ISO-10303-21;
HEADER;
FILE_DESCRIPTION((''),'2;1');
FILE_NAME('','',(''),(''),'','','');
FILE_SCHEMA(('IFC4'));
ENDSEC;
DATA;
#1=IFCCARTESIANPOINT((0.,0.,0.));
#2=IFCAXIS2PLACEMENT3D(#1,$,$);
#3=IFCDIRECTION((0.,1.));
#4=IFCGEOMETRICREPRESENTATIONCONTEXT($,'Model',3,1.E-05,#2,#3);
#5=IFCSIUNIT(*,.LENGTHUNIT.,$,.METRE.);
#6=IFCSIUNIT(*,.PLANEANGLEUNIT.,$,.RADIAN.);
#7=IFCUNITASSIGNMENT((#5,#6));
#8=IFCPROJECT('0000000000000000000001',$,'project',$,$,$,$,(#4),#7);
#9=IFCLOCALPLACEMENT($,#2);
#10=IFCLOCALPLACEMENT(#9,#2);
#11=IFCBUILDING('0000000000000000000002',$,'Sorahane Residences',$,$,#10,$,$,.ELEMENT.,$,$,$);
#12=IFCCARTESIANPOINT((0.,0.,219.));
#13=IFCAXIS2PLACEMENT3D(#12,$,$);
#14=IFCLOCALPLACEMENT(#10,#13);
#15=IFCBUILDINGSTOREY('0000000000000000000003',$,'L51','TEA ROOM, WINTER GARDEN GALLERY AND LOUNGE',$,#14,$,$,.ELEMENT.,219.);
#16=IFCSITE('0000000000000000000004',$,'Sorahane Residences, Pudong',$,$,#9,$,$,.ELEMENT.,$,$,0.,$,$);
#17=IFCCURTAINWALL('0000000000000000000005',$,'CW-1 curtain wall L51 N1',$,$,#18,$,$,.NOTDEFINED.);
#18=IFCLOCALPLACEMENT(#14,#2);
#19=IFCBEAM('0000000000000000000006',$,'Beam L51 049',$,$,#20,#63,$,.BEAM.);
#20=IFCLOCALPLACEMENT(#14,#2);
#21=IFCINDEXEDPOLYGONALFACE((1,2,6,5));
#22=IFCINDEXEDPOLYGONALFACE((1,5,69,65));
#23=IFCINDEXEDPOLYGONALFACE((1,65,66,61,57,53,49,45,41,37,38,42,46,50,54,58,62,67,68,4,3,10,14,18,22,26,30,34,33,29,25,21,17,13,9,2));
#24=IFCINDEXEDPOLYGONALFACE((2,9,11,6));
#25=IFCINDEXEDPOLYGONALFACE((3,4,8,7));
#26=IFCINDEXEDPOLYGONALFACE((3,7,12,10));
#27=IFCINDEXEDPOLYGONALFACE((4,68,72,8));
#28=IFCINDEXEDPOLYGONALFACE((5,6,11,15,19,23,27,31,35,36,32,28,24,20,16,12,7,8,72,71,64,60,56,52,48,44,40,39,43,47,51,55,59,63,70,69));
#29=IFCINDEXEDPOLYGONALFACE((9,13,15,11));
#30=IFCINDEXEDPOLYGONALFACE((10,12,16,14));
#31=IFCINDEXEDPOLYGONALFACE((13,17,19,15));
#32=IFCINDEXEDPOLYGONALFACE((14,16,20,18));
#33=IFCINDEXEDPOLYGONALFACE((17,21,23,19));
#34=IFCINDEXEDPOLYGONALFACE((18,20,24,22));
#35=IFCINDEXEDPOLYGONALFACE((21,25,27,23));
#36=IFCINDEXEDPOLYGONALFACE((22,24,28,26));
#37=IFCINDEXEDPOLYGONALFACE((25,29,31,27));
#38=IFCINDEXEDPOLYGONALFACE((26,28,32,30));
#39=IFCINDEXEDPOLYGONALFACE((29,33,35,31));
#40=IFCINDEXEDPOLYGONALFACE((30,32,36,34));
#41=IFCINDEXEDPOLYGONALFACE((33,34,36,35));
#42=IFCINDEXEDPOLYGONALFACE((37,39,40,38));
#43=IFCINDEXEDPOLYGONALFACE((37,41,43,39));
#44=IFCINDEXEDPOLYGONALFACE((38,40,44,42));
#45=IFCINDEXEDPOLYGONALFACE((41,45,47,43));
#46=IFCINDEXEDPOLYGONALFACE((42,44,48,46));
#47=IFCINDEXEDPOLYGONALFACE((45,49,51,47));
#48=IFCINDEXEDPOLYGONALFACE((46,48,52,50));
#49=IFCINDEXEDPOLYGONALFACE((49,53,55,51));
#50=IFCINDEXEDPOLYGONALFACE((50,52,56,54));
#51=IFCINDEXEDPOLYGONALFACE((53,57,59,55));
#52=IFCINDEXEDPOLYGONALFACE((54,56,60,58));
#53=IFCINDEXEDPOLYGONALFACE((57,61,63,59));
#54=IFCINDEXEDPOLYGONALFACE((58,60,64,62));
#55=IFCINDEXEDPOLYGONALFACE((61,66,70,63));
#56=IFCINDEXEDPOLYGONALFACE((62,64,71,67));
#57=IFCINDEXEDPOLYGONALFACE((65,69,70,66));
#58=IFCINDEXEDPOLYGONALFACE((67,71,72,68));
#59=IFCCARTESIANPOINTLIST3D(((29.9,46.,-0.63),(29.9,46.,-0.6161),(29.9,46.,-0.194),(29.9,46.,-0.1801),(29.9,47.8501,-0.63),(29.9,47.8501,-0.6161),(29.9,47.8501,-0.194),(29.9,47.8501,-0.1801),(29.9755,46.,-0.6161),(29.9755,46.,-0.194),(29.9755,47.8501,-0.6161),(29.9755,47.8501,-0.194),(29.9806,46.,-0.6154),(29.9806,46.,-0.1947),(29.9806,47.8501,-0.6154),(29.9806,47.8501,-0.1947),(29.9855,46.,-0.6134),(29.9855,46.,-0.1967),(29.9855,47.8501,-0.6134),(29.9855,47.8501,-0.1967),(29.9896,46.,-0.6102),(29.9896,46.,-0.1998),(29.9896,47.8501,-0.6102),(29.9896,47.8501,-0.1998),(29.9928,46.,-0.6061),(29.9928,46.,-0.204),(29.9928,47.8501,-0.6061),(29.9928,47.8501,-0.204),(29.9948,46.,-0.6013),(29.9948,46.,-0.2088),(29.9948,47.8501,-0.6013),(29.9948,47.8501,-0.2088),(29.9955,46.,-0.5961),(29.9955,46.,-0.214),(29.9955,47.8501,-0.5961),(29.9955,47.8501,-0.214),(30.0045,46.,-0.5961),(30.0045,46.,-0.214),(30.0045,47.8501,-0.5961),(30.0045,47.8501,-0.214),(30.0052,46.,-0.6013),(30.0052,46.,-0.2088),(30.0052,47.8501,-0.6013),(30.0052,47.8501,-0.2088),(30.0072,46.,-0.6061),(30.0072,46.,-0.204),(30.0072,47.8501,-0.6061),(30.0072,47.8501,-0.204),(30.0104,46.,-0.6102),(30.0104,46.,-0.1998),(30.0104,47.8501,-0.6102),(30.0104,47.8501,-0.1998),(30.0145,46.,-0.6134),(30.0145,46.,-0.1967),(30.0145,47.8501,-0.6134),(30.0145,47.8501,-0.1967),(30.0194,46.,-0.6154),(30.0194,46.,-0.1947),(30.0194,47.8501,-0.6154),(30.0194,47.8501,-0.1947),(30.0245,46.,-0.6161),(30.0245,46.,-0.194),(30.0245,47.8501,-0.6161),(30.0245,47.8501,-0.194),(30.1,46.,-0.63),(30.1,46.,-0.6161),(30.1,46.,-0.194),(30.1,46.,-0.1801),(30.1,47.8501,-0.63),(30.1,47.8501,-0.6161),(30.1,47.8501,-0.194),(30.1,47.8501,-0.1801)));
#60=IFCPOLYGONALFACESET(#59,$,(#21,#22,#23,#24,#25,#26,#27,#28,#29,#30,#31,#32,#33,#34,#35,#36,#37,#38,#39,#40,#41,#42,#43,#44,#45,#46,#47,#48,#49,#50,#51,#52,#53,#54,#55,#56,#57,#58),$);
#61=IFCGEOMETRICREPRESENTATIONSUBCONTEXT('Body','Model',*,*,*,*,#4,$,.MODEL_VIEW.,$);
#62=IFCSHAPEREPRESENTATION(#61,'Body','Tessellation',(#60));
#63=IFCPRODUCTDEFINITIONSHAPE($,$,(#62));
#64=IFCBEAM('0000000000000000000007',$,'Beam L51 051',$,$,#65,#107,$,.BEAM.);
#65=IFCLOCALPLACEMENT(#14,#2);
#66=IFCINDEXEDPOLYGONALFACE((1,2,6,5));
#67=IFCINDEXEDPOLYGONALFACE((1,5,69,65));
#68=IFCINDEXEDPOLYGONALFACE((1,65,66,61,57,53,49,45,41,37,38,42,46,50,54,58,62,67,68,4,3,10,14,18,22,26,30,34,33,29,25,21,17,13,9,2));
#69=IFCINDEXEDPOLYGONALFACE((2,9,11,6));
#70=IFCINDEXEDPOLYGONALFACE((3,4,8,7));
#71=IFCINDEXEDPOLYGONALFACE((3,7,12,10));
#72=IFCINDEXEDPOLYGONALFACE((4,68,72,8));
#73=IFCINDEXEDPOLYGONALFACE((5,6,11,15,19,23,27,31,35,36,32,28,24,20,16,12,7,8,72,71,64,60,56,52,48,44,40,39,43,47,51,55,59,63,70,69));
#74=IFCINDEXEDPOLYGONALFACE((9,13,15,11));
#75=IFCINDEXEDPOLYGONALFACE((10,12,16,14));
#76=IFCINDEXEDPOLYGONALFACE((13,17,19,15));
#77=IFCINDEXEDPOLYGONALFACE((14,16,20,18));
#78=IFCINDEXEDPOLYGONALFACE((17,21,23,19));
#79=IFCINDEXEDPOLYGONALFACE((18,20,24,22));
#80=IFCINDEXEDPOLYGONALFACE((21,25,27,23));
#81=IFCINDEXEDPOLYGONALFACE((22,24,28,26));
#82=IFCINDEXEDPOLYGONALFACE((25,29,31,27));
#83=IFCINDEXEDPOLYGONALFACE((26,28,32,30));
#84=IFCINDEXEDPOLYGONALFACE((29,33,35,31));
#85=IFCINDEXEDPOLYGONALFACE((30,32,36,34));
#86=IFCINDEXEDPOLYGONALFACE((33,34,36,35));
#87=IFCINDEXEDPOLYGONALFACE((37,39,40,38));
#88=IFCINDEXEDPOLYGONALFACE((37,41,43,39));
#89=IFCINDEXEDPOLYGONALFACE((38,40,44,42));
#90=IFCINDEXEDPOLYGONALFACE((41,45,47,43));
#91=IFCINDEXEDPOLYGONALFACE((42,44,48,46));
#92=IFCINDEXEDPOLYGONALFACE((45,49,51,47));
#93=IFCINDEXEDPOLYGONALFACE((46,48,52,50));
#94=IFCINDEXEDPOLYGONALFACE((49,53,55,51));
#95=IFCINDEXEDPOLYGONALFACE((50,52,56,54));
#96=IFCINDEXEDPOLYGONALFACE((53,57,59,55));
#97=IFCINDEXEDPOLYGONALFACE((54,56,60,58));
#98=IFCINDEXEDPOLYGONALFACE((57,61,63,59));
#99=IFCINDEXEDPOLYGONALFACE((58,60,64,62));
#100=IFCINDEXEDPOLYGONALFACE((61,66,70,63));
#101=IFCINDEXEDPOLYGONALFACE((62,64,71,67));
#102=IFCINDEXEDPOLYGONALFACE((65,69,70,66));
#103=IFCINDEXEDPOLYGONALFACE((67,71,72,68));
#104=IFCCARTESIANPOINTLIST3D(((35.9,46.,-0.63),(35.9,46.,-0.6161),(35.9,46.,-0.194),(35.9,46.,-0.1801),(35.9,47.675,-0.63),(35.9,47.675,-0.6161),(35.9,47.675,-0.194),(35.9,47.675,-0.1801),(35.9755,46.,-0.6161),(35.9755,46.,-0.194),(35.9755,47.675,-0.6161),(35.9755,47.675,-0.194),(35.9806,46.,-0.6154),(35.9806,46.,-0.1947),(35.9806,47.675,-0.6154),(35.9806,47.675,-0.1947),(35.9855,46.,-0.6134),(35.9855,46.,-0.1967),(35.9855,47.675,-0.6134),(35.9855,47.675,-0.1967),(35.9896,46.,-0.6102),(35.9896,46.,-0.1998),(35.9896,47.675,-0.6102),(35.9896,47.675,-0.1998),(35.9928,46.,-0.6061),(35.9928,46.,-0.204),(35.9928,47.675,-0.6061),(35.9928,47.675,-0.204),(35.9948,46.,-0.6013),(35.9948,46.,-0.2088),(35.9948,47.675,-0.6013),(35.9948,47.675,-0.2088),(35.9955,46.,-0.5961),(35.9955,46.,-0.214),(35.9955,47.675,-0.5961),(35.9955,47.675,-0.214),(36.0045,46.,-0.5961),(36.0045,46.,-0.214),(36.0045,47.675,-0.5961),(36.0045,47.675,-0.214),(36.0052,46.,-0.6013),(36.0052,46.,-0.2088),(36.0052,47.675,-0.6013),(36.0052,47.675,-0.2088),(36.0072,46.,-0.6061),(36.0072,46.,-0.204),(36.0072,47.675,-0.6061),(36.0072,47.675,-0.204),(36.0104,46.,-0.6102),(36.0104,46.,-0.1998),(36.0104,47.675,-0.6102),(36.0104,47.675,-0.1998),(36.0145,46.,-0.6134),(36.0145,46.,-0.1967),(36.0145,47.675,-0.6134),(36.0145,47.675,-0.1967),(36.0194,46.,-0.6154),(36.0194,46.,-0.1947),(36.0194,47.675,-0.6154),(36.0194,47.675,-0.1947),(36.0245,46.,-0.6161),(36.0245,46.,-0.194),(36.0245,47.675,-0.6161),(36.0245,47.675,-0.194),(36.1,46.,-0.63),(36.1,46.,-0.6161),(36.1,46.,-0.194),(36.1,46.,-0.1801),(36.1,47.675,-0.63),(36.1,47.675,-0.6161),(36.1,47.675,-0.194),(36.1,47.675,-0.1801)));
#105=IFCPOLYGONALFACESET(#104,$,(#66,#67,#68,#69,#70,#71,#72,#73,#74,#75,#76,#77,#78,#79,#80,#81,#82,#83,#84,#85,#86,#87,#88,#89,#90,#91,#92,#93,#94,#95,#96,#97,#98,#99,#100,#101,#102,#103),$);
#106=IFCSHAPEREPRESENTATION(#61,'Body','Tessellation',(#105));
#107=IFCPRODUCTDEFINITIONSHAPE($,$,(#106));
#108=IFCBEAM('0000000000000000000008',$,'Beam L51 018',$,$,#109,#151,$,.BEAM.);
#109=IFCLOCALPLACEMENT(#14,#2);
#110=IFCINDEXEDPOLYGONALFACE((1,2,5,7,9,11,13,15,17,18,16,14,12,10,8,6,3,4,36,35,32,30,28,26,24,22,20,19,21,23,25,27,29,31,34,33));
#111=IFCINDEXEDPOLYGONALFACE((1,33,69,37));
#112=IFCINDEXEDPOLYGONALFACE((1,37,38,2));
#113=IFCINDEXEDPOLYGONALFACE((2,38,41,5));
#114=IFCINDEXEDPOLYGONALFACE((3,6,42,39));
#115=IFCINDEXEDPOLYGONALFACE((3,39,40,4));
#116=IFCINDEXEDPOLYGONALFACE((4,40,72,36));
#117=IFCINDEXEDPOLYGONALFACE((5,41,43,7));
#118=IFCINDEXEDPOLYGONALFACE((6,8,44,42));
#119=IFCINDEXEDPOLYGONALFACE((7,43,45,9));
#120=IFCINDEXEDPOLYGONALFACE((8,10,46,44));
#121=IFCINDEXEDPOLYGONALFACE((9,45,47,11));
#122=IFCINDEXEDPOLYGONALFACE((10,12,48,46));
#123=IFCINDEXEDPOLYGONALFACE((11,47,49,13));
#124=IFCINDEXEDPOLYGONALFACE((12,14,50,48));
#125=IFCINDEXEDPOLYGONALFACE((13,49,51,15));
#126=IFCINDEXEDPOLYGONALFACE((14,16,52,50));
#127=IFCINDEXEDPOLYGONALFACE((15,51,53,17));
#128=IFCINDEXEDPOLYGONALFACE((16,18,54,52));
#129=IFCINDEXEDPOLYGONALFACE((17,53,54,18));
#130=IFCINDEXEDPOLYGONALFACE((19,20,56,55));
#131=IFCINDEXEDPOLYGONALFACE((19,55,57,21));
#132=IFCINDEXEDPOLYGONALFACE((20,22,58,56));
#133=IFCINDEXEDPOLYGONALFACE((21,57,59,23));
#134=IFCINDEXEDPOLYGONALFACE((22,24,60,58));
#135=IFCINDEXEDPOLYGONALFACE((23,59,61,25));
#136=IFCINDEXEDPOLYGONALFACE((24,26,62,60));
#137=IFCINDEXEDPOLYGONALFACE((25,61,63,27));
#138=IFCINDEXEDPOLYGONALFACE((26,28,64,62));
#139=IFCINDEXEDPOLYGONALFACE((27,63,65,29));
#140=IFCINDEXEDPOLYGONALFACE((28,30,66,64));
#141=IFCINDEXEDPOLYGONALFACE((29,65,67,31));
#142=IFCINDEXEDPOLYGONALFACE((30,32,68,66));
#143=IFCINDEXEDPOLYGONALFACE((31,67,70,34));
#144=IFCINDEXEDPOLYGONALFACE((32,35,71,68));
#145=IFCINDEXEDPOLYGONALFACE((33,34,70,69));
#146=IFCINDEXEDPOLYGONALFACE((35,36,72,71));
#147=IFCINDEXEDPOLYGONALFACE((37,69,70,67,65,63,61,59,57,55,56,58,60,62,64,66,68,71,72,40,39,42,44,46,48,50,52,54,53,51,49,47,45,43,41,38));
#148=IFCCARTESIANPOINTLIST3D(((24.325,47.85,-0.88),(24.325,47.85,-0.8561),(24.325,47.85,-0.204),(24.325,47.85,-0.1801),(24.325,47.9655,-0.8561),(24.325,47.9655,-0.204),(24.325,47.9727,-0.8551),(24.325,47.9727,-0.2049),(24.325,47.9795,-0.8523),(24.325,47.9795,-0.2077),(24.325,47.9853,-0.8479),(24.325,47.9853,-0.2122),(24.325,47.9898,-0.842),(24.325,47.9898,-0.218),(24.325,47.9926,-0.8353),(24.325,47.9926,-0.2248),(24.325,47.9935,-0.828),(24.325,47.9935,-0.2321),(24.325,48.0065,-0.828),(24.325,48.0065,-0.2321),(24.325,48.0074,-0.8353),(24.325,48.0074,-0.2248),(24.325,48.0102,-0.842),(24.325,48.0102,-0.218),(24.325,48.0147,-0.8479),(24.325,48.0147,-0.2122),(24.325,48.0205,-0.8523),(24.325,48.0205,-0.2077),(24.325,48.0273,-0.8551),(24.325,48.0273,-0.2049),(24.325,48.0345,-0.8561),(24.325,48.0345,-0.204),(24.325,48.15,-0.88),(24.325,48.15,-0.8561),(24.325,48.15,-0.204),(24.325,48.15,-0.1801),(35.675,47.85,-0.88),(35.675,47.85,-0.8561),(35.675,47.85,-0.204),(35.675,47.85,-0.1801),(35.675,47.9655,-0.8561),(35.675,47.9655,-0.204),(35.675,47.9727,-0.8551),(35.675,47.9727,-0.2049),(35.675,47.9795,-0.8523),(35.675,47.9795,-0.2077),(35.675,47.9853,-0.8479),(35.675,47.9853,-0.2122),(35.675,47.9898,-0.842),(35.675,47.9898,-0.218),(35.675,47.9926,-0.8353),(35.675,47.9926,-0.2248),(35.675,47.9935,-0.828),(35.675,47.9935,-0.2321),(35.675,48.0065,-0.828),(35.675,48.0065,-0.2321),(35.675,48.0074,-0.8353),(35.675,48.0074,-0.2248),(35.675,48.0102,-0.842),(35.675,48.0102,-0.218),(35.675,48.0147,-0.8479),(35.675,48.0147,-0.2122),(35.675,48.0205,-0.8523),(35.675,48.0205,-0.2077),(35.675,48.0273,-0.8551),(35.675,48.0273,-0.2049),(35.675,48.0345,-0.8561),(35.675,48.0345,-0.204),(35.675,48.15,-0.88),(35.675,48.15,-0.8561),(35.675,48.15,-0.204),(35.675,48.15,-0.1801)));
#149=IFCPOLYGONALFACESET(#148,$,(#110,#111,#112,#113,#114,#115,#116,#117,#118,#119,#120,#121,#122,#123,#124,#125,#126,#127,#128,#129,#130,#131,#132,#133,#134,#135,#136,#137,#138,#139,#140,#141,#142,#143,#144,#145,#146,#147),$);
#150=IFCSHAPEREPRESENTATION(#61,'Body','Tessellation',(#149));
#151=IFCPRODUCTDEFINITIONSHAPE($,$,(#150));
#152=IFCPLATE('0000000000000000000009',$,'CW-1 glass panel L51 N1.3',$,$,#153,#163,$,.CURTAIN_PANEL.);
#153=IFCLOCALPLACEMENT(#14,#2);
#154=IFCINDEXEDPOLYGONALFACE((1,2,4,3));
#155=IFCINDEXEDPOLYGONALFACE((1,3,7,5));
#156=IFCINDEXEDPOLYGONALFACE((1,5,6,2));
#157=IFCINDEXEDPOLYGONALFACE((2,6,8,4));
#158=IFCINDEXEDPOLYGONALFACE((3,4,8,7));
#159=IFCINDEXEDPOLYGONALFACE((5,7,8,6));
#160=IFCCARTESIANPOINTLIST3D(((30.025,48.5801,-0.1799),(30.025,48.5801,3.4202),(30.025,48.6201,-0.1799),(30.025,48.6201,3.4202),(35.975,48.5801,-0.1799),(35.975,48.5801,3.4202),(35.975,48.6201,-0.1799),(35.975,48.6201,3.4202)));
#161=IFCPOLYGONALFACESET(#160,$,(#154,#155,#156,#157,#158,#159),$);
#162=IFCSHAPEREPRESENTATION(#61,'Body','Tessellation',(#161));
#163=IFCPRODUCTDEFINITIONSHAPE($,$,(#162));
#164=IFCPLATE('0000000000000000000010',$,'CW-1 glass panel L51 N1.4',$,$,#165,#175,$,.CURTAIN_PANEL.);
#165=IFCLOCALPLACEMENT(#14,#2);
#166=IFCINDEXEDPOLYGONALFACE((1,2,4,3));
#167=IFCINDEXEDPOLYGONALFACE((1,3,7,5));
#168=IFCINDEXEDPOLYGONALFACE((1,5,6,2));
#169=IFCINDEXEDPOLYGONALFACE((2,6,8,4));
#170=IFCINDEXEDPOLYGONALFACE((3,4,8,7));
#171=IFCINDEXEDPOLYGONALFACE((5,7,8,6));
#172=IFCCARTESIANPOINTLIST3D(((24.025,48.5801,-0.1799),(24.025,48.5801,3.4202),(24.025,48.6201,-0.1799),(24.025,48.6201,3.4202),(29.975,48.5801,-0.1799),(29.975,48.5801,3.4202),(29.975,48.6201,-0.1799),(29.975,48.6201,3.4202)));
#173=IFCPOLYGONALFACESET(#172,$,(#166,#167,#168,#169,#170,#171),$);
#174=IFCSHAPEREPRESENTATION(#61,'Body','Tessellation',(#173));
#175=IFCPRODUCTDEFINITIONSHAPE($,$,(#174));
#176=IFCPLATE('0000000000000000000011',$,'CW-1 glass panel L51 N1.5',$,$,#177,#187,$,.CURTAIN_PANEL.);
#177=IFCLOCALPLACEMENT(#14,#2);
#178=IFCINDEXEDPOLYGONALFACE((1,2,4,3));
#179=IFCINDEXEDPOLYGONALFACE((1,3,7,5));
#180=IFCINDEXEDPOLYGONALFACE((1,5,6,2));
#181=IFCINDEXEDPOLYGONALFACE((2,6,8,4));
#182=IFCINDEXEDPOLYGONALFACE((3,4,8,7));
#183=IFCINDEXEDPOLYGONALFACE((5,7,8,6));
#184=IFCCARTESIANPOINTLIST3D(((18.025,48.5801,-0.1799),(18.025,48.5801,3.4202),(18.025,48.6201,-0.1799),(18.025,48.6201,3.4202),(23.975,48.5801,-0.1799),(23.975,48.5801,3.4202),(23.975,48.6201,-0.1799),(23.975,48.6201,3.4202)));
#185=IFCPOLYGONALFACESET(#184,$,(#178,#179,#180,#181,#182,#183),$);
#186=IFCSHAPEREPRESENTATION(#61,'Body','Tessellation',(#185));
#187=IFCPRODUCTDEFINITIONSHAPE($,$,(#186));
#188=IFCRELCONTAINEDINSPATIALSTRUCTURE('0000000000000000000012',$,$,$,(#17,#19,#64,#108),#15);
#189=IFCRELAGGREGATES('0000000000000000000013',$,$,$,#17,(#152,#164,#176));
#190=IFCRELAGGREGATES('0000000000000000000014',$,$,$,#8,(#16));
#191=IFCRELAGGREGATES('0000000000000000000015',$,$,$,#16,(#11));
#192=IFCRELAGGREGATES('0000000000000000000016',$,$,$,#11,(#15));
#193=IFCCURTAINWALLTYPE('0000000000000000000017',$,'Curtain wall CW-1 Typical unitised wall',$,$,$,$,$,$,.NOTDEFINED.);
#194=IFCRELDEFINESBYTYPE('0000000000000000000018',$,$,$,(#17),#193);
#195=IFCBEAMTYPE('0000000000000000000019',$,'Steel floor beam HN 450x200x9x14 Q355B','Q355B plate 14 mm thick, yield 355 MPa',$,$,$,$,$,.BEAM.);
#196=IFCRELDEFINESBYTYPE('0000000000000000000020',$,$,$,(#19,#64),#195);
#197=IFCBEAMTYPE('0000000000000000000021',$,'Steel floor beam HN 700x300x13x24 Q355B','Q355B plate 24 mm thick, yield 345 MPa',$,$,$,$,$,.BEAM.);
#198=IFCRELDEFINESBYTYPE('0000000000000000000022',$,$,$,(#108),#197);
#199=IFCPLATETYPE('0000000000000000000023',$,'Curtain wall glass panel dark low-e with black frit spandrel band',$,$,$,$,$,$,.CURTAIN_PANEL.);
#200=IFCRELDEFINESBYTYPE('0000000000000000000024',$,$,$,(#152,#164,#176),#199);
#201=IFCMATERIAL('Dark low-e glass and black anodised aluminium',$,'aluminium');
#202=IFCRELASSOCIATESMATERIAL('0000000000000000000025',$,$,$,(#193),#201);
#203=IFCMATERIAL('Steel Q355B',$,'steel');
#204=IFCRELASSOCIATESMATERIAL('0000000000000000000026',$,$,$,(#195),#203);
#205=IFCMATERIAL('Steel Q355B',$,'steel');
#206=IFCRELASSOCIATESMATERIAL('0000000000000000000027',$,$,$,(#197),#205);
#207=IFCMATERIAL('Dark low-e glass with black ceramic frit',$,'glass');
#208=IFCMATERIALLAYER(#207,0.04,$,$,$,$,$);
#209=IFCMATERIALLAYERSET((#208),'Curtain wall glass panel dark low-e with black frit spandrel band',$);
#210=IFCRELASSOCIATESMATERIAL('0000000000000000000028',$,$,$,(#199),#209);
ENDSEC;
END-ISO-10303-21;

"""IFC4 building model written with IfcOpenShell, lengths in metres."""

from ifc_helpers import new_model, si_unit, direction, frame, origin, origin_2d, place, context, subcontext, project, spatial, rectangle, i_section, extrude, material, layer, layer_set, material_profile, profile_set, type_object, element, aggregate, save


model = new_model("IFC4")

# Units and contexts
model_context = context("Model", 3, precision=1e-05, world=origin(), true_north=direction((0.0, 1.0)))
body_context = subcontext(model_context, "Body", "Model", "MODEL_VIEW")
ifc_project = project(units=[si_unit("LENGTHUNIT", "METRE"), si_unit("PLANEANGLEUNIT", "RADIAN")], contexts=[model_context])

# Site, building, storey
site_placement = place(None, origin())
site = spatial("IfcSite", under=ifc_project, at=site_placement, Name="Sorahane Residences, Pudong", CompositionType="ELEMENT", RefElevation=0.0)
building_placement = place(site_placement, origin())
building = spatial("IfcBuilding", under=site, at=building_placement, Name="Sorahane Residences", CompositionType="ELEMENT")
storey_placement = place(building_placement, frame((0.0, 0.0, 219.0)))
storey = spatial("IfcBuildingStorey", under=building, at=storey_placement, Name="L51", Description="TEA ROOM, WINTER GARDEN GALLERY AND LOUNGE", CompositionType="ELEMENT", Elevation=219.0)

# Curtain wall
ifc_material_1 = material(Name="Dark low-e glass and black anodised aluminium", Category="aluminium")
curtain_wall_type = type_object("IfcCurtainWallType", Name="Curtain wall CW-1 Typical unitised wall", PredefinedType="NOTDEFINED", material=ifc_material_1)
curtain_wall_placement = place(storey_placement, origin())
curtain_wall = element("IfcCurtainWall", 1, at=curtain_wall_placement, inside=storey, type_object=curtain_wall_type, Name="CW-1 curtain wall L51 N1", PredefinedType="NOTDEFINED")

# Beams
ifc_material_2 = material(Name="Steel Q355B", Category="steel")
ifc_material_profile_1 = material_profile(ifc_material_2, i_section(OverallWidth=0.2, OverallDepth=0.45, WebThickness=0.009, FlangeThickness=0.0139, FilletRadius=0.02, at=origin_2d()), Name="HN 450x200x9x14")
ifc_profile_set_1 = profile_set([ifc_material_profile_1], Name="Steel Q355B")
beam_type_1 = type_object("IfcBeamType", Name="Steel floor beam HN 450x200x9x14 Q355B", Description="Q355B plate 14 mm thick, yield 355 MPa", PredefinedType="BEAM", material=ifc_profile_set_1)
beam_1_placement = place(storey_placement, frame((30.0, 46.0, -0.405), z_axis=(0.0, 1.0, 0.0), x_axis=(-1.0, 0.0, 0.0)))
element("IfcBeam", 2, at=beam_1_placement, inside=storey, type_object=beam_type_1, Name="Beam L51 049", PredefinedType="BEAM", context=body_context, shape_type="SweptSolid", body=[
    extrude(i_section(OverallWidth=0.2, OverallDepth=0.45, WebThickness=0.009, FlangeThickness=0.0139, FilletRadius=0.02, at=origin_2d()), origin(), (0.0, 0.0, 1.0), 1.8501),
])
beam_2_placement = place(storey_placement, frame((36.0, 46.0, -0.405), z_axis=(0.0, 1.0, 0.0), x_axis=(-1.0, 0.0, 0.0)))
element("IfcBeam", 3, at=beam_2_placement, inside=storey, type_object=beam_type_1, Name="Beam L51 051", PredefinedType="BEAM", context=body_context, shape_type="SweptSolid", body=[
    extrude(i_section(OverallWidth=0.2, OverallDepth=0.45, WebThickness=0.009, FlangeThickness=0.0139, FilletRadius=0.02, at=origin_2d()), origin(), (0.0, 0.0, 1.0), 1.675),
])
ifc_material_3 = material(Name="Steel Q355B", Category="steel")
ifc_material_profile_2 = material_profile(ifc_material_3, i_section(OverallWidth=0.3, OverallDepth=0.7, WebThickness=0.0129, FlangeThickness=0.0239, FilletRadius=0.0281, at=origin_2d()), Name="HN 700x300x13x24")
ifc_profile_set_2 = profile_set([ifc_material_profile_2], Name="Steel Q355B")
beam_type_2 = type_object("IfcBeamType", Name="Steel floor beam HN 700x300x13x24 Q355B", Description="Q355B plate 24 mm thick, yield 345 MPa", PredefinedType="BEAM", material=ifc_profile_set_2)
beam_3_placement = place(storey_placement, frame((24.325, 48.0, -0.53), z_axis=(1.0, 0.0, 0.0), x_axis=(0.0, 1.0, 0.0)))
element("IfcBeam", 4, at=beam_3_placement, inside=storey, type_object=beam_type_2, Name="Beam L51 018", PredefinedType="BEAM", context=body_context, shape_type="SweptSolid", body=[
    extrude(i_section(OverallWidth=0.3, OverallDepth=0.7, WebThickness=0.0129, FlangeThickness=0.0239, FilletRadius=0.0281, at=origin_2d()), origin(), (0.0, 0.0, 1.0), 11.3501),
])

# Plates
ifc_material_4 = material(Name="Dark low-e glass with black ceramic frit", Category="glass")
ifc_layer_1 = layer(ifc_material_4, 0.04)
ifc_layer_set_1 = layer_set([ifc_layer_1], Name="Curtain wall glass panel dark low-e with black frit spandrel band")
plate_type = type_object("IfcPlateType", Name="Curtain wall glass panel dark low-e with black frit spandrel band", PredefinedType="CURTAIN_PANEL", material=ifc_layer_set_1)
plate_1_placement = place(storey_placement, frame((33.0, 48.6001, -0.1799), z_axis=(0.0, 0.0, 1.0), x_axis=(-1.0, 0.0, 0.0)))
plate_1 = element("IfcPlate", 5, at=plate_1_placement, type_object=plate_type, Name="CW-1 glass panel L51 N1.3", PredefinedType="CURTAIN_PANEL", context=body_context, shape_type="SweptSolid", body=[
    extrude(rectangle(XDim=5.95, YDim=0.04, at=origin_2d()), origin(), (0.0, 0.0, 1.0), 3.6001),
])
plate_2_placement = place(storey_placement, frame((27.0, 48.6001, -0.1799), z_axis=(0.0, 0.0, 1.0), x_axis=(-1.0, 0.0, 0.0)))
plate_2 = element("IfcPlate", 6, at=plate_2_placement, type_object=plate_type, Name="CW-1 glass panel L51 N1.4", PredefinedType="CURTAIN_PANEL", context=body_context, shape_type="SweptSolid", body=[
    extrude(rectangle(XDim=5.95, YDim=0.04, at=origin_2d()), origin(), (0.0, 0.0, 1.0), 3.6001),
])
plate_3_placement = place(storey_placement, frame((21.0, 48.6001, -0.1799), z_axis=(0.0, 0.0, 1.0), x_axis=(-1.0, 0.0, 0.0)))
plate_3 = element("IfcPlate", 7, at=plate_3_placement, type_object=plate_type, Name="CW-1 glass panel L51 N1.5", PredefinedType="CURTAIN_PANEL", context=body_context, shape_type="SweptSolid", body=[
    extrude(rectangle(XDim=5.95, YDim=0.04, at=origin_2d()), origin(), (0.0, 0.0, 1.0), 3.6001),
])
aggregate(curtain_wall, [plate_1, plate_2, plate_3])

save(model, "model.ifc")
